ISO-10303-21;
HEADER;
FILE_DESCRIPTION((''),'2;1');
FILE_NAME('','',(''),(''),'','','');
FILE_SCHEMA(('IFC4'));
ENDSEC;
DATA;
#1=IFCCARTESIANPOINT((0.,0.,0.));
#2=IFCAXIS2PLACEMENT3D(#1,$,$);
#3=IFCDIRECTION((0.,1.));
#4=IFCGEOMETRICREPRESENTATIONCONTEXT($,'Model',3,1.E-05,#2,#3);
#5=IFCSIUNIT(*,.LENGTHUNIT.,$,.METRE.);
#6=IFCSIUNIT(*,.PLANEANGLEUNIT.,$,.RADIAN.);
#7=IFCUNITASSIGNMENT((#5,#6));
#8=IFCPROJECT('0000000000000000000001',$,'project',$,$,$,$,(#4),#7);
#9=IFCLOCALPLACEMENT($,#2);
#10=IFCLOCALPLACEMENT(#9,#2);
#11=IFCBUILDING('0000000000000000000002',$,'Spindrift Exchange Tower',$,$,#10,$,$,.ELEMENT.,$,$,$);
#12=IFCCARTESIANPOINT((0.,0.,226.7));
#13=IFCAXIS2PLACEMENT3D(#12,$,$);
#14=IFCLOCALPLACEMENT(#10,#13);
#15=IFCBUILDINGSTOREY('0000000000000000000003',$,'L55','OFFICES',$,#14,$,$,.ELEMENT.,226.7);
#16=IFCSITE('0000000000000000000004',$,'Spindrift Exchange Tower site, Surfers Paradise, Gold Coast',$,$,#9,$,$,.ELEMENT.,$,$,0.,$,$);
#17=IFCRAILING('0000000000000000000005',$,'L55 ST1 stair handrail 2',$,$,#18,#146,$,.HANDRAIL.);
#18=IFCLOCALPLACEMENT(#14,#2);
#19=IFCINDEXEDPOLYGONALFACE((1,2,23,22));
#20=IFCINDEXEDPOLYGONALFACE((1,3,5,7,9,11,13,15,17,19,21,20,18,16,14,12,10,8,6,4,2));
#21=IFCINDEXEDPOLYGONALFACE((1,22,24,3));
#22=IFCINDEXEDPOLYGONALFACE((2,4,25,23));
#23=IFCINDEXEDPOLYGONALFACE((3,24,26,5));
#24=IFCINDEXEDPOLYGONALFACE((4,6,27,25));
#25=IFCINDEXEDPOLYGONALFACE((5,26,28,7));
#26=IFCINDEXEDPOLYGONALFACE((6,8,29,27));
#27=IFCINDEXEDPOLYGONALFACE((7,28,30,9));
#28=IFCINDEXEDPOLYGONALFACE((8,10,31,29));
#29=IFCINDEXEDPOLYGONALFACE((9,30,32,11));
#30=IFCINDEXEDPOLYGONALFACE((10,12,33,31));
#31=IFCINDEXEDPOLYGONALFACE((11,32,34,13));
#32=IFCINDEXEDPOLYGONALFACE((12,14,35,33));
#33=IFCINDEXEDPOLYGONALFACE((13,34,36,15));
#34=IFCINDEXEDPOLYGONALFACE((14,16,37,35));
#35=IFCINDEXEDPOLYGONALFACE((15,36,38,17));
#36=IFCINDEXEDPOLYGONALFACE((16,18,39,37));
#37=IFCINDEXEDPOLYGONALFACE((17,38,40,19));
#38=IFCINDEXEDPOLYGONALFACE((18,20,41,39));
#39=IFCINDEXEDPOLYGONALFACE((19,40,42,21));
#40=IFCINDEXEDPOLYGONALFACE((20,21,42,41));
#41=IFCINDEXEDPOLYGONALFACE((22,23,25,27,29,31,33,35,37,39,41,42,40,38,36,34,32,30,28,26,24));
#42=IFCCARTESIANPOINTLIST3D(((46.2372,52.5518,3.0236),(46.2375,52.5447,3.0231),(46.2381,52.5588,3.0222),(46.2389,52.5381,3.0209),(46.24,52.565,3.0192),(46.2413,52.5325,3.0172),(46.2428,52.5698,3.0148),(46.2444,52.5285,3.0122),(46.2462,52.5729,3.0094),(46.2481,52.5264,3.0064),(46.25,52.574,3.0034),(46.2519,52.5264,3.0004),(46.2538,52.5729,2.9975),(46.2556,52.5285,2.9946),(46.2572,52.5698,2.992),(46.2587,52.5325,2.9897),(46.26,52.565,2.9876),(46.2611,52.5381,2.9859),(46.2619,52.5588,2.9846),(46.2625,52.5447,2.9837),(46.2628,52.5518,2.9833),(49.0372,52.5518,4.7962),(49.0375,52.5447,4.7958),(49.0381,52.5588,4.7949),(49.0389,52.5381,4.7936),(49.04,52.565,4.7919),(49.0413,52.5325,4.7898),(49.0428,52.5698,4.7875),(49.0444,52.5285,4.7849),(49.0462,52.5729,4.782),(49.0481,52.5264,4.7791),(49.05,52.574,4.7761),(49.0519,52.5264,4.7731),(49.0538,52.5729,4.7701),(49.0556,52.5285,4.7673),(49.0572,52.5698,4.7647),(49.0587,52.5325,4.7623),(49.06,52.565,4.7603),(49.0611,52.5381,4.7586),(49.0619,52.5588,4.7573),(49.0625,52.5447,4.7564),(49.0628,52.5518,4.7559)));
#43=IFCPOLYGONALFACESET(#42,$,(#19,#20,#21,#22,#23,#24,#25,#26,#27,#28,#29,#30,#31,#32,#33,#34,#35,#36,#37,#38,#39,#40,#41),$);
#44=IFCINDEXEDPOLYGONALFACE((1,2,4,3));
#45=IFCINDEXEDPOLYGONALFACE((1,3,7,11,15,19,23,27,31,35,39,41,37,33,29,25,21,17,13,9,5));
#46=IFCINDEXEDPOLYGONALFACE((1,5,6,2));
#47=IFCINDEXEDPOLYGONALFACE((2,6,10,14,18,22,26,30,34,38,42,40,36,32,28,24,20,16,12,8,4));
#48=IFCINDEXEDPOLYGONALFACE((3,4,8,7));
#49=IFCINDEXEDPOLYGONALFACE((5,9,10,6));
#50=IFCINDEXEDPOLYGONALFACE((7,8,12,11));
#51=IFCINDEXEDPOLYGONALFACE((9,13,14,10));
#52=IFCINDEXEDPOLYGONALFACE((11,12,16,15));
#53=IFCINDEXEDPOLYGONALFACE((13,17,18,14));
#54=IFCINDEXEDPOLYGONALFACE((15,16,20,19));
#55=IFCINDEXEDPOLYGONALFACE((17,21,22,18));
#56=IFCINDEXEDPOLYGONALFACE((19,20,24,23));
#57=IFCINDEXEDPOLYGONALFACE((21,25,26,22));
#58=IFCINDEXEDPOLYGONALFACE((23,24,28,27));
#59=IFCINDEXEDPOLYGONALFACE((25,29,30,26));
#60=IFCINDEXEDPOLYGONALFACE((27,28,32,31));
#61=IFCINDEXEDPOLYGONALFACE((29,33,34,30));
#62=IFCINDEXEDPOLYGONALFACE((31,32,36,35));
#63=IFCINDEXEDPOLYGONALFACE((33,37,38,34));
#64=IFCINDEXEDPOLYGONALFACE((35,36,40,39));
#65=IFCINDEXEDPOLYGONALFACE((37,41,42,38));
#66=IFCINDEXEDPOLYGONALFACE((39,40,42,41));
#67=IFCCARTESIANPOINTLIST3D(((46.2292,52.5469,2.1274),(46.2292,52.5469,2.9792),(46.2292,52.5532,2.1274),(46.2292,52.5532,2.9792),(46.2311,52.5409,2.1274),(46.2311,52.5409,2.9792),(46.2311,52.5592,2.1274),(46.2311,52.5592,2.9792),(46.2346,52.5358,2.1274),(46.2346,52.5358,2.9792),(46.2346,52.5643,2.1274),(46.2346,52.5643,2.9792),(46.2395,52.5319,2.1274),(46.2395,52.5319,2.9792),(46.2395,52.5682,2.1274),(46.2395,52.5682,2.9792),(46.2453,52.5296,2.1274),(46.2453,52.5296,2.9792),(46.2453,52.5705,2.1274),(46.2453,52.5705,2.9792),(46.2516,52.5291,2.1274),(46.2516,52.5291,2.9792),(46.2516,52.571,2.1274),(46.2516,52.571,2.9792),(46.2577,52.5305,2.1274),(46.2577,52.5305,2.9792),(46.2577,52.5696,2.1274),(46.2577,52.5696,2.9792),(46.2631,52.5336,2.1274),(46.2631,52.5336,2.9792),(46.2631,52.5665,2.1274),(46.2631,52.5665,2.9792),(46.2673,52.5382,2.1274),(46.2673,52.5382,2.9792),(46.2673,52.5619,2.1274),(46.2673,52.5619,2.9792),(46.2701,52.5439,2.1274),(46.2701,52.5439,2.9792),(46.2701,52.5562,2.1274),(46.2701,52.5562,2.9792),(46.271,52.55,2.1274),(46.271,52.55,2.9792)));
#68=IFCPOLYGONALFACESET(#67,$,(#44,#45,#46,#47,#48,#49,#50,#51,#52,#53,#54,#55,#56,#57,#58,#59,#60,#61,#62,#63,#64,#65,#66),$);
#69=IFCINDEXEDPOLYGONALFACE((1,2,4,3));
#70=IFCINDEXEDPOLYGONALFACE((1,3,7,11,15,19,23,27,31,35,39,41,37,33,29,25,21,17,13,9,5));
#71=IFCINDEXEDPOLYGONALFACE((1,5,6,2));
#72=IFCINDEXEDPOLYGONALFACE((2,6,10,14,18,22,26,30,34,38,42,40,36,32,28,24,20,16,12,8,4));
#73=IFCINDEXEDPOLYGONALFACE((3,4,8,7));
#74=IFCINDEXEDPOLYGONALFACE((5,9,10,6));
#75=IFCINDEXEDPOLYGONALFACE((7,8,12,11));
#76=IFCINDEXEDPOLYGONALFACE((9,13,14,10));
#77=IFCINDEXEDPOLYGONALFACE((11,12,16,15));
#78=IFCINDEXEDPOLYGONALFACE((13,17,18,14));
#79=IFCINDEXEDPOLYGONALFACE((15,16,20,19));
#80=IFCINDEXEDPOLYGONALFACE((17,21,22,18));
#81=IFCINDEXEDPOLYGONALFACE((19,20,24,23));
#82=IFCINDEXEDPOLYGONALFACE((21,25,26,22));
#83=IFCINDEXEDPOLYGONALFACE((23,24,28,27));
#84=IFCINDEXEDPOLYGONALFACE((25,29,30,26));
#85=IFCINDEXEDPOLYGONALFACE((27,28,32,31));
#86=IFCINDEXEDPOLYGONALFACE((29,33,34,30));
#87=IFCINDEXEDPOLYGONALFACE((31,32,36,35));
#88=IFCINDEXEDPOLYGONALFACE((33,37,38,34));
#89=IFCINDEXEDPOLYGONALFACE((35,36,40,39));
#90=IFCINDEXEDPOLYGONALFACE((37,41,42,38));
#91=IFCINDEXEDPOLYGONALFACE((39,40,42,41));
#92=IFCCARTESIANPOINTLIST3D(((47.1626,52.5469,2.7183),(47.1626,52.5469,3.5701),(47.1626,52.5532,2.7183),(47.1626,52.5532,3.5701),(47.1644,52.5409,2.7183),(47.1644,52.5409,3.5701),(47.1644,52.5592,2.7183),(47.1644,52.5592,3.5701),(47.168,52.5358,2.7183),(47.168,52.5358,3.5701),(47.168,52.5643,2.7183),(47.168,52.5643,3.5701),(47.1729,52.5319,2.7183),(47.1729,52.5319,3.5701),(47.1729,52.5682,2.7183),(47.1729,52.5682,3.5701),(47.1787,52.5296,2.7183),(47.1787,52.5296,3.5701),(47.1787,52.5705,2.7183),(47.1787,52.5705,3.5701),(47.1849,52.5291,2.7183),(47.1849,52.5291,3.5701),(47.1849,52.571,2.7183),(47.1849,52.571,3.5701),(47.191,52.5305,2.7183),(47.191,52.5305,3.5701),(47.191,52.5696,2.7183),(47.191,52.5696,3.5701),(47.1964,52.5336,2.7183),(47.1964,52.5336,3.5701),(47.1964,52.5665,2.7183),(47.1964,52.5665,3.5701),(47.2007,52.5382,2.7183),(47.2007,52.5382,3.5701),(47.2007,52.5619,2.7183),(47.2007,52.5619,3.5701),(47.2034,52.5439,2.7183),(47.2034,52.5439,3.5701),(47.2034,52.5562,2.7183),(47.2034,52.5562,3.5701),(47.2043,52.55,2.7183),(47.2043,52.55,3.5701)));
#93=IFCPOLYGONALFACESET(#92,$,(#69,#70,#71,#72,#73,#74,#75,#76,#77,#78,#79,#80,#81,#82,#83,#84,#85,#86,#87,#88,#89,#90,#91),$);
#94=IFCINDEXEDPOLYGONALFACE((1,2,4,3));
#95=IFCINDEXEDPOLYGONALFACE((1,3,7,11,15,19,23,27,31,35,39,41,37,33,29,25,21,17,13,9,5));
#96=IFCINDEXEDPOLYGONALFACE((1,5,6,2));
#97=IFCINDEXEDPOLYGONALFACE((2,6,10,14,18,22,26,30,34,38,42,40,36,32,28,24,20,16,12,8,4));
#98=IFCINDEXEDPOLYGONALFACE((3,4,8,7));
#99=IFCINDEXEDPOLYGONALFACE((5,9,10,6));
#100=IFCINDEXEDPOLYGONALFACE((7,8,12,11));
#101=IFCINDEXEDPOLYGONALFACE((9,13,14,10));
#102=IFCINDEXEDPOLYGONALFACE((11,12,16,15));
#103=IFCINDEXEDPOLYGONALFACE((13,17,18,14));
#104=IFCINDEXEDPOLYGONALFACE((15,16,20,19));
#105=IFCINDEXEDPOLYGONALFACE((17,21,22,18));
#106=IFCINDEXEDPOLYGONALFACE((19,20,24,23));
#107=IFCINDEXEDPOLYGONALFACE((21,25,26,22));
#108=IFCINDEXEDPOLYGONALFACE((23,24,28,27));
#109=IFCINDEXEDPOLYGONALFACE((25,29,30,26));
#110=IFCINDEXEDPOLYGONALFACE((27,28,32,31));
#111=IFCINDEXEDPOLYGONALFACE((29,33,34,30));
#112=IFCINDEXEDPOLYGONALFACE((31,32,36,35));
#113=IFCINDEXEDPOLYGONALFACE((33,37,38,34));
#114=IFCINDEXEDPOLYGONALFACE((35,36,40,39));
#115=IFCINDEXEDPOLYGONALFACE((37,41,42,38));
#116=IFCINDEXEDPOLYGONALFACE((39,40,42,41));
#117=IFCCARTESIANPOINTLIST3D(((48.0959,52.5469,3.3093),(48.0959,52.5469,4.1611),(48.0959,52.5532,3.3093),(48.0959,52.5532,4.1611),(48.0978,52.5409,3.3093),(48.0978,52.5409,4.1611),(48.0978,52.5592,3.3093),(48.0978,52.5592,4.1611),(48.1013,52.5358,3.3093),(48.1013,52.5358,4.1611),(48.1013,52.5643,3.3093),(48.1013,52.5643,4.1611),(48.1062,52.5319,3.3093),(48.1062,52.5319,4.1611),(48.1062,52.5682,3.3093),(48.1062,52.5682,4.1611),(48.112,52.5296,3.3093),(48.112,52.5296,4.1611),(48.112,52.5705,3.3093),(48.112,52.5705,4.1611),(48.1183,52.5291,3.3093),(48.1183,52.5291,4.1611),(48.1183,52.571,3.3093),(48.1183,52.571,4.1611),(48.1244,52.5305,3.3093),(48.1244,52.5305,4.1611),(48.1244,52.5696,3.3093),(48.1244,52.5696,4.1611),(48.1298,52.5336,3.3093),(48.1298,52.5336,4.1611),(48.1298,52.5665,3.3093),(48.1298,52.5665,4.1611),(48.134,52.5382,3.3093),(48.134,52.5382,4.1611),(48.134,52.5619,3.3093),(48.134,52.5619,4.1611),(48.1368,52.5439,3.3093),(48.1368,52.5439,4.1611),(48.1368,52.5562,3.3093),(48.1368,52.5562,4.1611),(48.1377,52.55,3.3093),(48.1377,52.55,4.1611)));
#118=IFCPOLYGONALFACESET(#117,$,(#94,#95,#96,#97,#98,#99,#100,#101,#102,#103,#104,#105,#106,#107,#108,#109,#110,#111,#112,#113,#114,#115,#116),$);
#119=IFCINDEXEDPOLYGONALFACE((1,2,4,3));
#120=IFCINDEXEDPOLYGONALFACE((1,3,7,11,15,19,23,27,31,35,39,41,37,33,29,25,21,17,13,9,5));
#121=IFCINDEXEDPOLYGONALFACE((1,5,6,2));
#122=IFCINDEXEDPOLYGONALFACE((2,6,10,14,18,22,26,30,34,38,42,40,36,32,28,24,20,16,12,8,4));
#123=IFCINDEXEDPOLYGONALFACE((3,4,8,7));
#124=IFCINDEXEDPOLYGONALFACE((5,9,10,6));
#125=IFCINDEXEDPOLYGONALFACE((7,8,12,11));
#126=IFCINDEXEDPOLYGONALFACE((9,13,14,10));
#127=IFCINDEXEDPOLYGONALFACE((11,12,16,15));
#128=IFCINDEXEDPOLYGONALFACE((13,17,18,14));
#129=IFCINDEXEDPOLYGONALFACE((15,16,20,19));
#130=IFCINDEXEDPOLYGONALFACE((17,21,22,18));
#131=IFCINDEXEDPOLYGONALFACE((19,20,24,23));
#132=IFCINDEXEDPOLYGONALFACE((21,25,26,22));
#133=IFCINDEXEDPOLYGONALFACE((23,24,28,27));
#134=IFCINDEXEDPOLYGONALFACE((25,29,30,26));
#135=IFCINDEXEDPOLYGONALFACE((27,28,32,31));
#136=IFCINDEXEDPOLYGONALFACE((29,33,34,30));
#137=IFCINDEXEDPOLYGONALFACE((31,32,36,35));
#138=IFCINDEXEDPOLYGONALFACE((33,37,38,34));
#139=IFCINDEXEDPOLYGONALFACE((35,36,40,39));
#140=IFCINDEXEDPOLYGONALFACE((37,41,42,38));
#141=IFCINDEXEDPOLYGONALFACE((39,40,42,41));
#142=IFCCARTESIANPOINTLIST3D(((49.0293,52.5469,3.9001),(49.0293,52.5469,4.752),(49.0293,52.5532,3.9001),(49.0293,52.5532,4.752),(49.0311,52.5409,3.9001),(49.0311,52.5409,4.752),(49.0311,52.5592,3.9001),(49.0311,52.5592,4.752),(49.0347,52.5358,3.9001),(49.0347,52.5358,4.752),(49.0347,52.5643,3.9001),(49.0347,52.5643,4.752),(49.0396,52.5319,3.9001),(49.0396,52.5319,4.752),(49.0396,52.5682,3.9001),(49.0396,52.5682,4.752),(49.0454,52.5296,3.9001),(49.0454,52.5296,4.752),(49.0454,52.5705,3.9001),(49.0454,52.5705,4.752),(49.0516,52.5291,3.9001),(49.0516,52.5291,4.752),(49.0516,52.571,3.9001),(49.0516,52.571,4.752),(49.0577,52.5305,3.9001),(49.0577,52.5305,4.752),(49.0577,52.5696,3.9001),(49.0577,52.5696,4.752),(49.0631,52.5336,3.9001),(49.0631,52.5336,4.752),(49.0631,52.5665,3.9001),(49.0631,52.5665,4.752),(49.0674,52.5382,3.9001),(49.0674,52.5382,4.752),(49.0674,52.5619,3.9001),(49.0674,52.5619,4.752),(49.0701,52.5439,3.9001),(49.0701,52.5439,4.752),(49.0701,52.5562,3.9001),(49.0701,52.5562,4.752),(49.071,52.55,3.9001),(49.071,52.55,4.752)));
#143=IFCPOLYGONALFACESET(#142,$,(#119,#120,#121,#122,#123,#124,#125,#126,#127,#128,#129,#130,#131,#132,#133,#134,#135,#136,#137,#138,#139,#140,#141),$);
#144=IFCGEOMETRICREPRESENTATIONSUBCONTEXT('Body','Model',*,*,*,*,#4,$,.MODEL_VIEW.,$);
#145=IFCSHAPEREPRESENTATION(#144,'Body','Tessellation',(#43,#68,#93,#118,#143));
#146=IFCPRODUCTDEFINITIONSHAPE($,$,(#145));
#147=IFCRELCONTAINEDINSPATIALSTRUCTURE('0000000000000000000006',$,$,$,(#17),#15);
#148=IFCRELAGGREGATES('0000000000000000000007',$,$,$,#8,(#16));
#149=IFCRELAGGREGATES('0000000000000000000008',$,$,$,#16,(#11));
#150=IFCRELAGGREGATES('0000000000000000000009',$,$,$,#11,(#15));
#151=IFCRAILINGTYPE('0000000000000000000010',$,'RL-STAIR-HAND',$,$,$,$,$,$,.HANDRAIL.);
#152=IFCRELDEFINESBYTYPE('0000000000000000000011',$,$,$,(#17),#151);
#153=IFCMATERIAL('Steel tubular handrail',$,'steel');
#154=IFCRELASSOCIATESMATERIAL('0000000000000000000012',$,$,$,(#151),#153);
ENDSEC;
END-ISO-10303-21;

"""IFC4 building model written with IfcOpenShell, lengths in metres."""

from ifc_helpers import new_model, si_unit, direction, frame, origin, origin_2d, place, context, subcontext, project, spatial, circle, extrude, material, type_object, element, save


model = new_model("IFC4")

# Units and contexts
model_context = context("Model", 3, precision=1e-05, world=origin(), true_north=direction((0.0, 1.0)))
body_context = subcontext(model_context, "Body", "Model", "MODEL_VIEW")
ifc_project = project(units=[si_unit("LENGTHUNIT", "METRE"), si_unit("PLANEANGLEUNIT", "RADIAN")], contexts=[model_context])

# Site, building, storey
site_placement = place(None, origin())
site = spatial("IfcSite", under=ifc_project, at=site_placement, Name="Spindrift Exchange Tower site, Surfers Paradise, Gold Coast", CompositionType="ELEMENT", RefElevation=0.0)
building_placement = place(site_placement, origin())
building = spatial("IfcBuilding", under=site, at=building_placement, Name="Spindrift Exchange Tower", CompositionType="ELEMENT")
storey_placement = place(building_placement, frame((0.0, 0.0, 226.7)))
storey = spatial("IfcBuildingStorey", under=building, at=storey_placement, Name="L55", Description="OFFICES", CompositionType="ELEMENT", Elevation=226.7)

# Railing
ifc_material_1 = material(Name="Steel tubular handrail", Category="steel")
railing_type_1 = type_object("IfcRailingType", Name="RL-STAIR-HAND", PredefinedType="HANDRAIL", material=ifc_material_1)
railing_1_placement = place(storey_placement, frame((46.25, 52.55, 2.1274)))
element("IfcRailing", 1, at=railing_1_placement, inside=storey, type_object=railing_type_1, Name="L55 ST1 stair handrail 2", PredefinedType="HANDRAIL", context=body_context, shape_type="SweptSolid", body=[
    extrude(circle(Radius=0.0239, at=origin_2d()), frame((0.0, 0.0, 0.876), z_axis=(0.844909, 0.0, 0.53491), x_axis=(0.0, 1.0, 0.0)), (0.0, 0.0, 1.0), 3.314),
    extrude(circle(Radius=0.021, at=origin_2d()), origin(), (0.0, 0.0, 1.0), 0.8518),
    extrude(circle(Radius=0.021, at=origin_2d()), frame((0.9333, 0.0, 0.5908)), (0.0, 0.0, 1.0), 0.8518),
    extrude(circle(Radius=0.021, at=origin_2d()), frame((1.8667, 0.0, 1.1819)), (0.0, 0.0, 1.0), 0.8518),
    extrude(circle(Radius=0.021, at=origin_2d()), frame((2.8, 0.0, 1.7727)), (0.0, 0.0, 1.0), 0.8518),
])

save(model, "model.ifc")
